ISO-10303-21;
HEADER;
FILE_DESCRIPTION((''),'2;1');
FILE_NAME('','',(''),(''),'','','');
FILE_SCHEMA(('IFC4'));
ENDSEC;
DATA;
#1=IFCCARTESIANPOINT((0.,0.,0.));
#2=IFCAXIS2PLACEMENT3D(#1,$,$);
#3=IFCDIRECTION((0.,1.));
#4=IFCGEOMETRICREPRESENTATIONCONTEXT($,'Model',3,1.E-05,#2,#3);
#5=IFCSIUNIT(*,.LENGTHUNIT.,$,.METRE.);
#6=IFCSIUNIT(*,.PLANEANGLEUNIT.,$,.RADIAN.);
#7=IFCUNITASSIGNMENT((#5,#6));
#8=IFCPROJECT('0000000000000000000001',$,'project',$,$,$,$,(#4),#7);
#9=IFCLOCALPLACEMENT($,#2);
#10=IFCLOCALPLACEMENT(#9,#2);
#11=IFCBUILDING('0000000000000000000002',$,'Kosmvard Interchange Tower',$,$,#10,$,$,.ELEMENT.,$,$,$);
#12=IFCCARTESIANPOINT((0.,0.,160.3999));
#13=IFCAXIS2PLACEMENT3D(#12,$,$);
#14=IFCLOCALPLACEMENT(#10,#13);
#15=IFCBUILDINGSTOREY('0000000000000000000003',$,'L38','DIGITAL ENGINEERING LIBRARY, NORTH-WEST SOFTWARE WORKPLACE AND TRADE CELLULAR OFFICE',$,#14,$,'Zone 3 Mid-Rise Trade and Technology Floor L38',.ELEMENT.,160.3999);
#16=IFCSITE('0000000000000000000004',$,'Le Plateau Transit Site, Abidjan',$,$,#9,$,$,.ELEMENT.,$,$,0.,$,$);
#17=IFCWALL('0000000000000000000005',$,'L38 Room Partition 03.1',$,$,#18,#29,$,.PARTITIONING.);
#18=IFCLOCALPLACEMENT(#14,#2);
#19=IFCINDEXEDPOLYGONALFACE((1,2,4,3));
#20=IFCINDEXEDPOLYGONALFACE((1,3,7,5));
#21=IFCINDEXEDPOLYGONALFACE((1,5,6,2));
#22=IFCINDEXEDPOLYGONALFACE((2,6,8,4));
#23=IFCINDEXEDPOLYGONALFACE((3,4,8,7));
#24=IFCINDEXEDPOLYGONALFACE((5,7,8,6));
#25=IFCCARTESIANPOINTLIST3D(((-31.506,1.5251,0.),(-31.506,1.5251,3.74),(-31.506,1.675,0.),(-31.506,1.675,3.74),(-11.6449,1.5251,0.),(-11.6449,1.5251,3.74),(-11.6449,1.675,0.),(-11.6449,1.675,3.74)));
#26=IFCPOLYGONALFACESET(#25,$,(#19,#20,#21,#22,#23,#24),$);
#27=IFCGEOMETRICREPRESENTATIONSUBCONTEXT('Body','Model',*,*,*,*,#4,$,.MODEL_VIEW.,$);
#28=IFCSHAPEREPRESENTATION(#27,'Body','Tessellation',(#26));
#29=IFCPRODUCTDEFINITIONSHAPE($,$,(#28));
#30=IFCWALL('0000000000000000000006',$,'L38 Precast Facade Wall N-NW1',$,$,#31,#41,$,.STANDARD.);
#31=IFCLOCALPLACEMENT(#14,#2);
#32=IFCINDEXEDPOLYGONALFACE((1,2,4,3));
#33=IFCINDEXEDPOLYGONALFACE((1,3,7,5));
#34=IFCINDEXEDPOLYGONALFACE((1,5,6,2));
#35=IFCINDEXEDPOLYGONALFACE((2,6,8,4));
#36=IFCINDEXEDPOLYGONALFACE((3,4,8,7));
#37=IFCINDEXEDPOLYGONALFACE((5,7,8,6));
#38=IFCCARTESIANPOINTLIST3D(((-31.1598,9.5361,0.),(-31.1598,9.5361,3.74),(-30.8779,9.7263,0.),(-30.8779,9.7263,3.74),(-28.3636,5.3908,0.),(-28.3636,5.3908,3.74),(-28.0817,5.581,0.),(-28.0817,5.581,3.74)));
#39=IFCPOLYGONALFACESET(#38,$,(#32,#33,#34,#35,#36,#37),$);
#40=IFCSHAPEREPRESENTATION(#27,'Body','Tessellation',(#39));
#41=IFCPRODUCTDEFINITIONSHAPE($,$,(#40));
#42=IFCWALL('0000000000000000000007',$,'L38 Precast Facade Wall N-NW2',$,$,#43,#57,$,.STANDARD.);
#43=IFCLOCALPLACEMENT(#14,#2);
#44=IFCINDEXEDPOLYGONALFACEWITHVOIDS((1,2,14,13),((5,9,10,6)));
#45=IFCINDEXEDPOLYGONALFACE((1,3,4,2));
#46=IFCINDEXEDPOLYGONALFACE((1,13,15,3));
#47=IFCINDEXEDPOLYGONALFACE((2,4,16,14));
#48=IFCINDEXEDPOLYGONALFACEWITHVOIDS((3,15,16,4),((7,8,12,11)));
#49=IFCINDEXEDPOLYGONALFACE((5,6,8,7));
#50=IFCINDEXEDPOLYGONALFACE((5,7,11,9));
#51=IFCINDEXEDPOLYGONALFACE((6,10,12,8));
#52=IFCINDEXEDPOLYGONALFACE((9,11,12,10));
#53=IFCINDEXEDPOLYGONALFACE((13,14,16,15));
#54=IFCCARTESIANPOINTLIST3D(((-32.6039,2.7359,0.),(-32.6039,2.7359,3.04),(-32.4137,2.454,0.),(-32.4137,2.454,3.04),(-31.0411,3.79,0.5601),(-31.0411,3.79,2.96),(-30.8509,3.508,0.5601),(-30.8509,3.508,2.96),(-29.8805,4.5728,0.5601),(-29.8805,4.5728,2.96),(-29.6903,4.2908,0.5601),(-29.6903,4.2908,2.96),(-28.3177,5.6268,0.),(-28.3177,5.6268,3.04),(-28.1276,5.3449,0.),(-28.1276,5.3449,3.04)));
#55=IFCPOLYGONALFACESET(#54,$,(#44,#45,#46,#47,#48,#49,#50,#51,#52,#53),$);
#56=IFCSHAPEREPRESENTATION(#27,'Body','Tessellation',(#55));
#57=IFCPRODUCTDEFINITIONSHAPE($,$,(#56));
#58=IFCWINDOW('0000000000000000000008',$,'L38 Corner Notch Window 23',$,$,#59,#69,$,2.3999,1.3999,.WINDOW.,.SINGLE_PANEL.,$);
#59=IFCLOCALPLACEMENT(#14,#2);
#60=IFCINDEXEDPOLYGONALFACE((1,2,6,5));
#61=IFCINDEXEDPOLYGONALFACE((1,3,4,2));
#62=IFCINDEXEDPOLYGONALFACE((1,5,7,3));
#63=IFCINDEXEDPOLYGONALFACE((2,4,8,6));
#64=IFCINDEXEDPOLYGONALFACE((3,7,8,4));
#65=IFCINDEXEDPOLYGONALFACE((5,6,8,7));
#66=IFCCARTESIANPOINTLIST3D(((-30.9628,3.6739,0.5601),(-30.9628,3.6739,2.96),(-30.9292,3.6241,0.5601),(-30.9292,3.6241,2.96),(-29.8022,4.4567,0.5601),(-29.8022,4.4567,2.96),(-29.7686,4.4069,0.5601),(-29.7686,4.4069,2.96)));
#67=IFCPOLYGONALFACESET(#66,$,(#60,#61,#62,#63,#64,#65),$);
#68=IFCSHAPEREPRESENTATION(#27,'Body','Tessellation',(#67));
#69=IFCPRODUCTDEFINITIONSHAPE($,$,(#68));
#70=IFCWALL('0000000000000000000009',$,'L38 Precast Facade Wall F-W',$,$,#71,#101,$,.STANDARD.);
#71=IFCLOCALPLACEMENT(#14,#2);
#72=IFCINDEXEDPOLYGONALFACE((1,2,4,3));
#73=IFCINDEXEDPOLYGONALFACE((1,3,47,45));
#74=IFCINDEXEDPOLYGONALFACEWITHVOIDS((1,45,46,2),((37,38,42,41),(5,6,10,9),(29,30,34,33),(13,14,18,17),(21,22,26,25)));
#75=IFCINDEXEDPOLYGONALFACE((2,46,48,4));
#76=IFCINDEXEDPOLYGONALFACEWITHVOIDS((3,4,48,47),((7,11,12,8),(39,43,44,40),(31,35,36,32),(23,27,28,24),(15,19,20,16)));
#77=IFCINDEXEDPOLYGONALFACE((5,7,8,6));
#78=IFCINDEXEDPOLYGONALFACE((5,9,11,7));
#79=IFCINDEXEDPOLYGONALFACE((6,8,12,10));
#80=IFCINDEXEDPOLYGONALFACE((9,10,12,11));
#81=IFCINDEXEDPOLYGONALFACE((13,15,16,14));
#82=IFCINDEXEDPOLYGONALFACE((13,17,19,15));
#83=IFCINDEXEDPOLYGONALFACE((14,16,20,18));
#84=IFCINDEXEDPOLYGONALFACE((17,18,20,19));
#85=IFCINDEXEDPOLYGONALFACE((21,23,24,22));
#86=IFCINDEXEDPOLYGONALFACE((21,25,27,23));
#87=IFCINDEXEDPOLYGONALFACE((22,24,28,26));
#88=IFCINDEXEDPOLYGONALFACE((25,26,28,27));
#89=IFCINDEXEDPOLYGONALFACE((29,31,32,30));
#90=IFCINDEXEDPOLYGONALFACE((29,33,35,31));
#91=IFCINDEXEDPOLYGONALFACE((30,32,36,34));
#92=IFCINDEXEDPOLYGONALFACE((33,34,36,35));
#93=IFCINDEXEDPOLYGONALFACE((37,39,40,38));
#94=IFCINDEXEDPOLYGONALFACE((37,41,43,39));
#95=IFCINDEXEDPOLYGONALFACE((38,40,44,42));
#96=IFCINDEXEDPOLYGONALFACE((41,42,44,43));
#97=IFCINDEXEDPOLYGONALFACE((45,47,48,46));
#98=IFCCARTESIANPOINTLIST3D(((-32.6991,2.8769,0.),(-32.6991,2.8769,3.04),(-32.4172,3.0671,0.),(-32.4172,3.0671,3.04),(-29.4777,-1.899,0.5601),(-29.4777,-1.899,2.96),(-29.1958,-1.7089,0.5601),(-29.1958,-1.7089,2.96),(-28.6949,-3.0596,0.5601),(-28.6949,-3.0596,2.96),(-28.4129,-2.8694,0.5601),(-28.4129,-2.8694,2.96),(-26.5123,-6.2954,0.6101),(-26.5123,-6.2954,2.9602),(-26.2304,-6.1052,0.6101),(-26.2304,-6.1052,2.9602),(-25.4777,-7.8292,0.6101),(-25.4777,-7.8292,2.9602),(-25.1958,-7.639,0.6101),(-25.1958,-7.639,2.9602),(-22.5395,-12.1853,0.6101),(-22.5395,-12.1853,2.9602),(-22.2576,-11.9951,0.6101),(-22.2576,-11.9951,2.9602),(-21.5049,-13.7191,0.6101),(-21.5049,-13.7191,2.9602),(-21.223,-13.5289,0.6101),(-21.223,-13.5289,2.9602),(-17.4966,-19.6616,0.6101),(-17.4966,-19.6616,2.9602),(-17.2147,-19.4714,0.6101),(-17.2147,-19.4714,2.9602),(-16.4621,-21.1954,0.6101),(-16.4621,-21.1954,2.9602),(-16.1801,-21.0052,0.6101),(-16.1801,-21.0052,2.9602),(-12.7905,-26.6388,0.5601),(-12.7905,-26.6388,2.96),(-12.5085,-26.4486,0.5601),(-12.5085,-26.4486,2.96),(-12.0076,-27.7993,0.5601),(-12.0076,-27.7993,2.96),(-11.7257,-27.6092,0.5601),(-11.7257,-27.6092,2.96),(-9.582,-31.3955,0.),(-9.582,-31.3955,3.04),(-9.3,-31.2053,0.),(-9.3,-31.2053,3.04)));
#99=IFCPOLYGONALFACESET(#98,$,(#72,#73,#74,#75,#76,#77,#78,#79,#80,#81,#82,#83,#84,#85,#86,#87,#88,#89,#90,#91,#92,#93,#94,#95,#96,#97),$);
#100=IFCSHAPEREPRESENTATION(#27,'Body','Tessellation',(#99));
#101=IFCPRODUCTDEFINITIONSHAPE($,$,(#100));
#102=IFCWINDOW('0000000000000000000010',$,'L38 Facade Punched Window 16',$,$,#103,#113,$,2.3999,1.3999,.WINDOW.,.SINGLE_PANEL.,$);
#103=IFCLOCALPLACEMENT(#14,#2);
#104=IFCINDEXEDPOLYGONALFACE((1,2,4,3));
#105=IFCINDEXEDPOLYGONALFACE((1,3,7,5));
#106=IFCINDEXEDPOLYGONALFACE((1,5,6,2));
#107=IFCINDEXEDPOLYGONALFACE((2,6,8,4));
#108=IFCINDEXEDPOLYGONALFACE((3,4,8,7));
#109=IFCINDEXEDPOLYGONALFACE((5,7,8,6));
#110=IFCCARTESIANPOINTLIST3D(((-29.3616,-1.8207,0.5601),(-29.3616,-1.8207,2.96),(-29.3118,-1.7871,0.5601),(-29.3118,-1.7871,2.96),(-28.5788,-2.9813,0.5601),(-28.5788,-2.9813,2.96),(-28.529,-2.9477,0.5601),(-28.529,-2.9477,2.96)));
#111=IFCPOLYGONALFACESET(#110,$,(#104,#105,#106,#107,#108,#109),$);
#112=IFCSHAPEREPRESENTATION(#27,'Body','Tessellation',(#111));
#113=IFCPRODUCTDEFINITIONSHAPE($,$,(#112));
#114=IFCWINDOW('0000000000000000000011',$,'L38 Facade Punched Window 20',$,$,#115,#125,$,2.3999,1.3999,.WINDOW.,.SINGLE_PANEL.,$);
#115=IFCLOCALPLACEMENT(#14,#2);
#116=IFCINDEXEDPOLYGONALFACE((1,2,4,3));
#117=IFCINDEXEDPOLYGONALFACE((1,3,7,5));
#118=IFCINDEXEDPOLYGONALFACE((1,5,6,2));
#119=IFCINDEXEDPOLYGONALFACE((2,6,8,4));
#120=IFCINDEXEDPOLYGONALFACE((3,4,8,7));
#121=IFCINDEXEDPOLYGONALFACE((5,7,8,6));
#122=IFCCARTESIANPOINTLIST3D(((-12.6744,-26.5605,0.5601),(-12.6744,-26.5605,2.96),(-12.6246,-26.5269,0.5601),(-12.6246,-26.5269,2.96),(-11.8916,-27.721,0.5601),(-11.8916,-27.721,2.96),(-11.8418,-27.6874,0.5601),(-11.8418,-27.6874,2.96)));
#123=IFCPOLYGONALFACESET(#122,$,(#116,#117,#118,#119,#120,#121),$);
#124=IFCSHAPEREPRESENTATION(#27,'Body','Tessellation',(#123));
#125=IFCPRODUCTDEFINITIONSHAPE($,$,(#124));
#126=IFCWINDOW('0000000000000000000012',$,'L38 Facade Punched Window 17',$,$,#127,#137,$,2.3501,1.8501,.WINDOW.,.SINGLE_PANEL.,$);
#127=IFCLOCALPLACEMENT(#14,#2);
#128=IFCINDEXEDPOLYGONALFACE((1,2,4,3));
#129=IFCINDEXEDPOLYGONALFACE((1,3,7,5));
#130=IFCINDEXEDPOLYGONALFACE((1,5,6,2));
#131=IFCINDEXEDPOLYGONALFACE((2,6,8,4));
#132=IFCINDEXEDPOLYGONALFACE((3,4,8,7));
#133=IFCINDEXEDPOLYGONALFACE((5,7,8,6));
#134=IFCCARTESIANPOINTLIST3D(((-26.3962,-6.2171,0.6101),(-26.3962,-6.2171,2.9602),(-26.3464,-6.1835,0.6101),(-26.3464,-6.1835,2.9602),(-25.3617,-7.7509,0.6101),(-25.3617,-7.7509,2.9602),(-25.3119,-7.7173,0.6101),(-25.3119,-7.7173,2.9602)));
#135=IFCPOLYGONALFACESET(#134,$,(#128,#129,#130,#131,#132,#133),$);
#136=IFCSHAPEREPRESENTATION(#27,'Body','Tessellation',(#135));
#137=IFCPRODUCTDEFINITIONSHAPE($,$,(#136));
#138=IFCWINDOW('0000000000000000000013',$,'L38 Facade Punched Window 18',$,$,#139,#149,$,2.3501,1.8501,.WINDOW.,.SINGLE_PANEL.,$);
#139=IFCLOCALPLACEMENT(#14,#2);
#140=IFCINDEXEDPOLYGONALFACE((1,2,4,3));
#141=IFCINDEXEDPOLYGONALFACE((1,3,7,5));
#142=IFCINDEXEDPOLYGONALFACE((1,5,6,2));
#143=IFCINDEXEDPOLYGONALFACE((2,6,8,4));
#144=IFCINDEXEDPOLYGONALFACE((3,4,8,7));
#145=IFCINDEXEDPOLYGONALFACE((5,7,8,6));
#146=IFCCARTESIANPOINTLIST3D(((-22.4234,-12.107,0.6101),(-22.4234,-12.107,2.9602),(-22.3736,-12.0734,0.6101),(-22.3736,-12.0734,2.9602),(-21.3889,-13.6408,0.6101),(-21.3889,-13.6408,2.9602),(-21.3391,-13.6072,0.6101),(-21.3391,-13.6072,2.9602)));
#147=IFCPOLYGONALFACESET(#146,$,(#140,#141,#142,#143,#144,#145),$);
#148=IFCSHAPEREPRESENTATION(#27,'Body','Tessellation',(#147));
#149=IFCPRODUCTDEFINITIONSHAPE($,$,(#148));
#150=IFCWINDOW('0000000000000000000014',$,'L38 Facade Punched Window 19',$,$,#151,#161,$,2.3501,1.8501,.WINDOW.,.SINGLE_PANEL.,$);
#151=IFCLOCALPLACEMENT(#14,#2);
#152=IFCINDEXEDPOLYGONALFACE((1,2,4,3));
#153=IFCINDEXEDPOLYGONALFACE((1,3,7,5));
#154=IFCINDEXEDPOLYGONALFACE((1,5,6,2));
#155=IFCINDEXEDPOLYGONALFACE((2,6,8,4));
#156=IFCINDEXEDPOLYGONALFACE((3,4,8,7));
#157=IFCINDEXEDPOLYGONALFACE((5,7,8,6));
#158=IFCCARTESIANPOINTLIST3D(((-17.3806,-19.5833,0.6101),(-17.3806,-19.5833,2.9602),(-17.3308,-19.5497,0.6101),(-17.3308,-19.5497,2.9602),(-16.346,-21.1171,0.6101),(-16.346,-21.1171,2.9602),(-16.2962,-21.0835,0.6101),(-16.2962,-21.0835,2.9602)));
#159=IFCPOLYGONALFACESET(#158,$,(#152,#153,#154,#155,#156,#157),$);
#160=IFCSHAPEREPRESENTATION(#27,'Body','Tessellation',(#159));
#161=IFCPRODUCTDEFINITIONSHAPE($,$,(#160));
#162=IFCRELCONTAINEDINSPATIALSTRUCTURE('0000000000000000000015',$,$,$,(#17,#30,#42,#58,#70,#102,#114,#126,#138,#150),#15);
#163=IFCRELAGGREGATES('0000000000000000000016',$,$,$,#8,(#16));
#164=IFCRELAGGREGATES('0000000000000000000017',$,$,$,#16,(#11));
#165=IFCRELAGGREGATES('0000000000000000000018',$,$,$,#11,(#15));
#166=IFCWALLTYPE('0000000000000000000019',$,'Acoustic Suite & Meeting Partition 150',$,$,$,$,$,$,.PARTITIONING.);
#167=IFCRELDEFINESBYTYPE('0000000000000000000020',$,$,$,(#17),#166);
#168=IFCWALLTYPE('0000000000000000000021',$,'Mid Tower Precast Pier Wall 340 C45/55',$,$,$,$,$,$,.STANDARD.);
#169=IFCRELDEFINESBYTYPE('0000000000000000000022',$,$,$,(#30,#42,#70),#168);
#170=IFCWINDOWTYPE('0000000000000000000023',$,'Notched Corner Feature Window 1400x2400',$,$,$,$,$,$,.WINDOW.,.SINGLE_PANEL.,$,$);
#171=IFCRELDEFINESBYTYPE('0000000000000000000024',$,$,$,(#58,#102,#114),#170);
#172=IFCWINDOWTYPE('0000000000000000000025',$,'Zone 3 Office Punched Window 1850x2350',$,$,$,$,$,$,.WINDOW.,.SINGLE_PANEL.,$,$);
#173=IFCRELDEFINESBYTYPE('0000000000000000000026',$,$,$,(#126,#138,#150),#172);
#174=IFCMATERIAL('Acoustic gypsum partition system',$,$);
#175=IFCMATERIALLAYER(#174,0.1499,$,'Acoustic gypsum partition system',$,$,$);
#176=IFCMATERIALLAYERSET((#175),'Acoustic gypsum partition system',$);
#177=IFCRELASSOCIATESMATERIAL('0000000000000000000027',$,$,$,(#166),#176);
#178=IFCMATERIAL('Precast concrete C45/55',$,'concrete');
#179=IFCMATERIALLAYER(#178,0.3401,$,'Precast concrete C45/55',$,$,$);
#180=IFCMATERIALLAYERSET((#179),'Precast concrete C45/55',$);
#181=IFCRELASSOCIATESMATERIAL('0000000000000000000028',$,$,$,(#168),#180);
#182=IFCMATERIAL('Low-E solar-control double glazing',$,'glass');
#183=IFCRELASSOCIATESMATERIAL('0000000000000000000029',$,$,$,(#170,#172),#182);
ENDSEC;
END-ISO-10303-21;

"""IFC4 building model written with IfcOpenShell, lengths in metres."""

from ifc_helpers import new_model, si_unit, direction, frame, frame_2d, origin, place, context, subcontext, project, spatial, rectangle, extrude, source, transform, mapped, material, layer, layer_set, type_object, element, fill, save


model = new_model("IFC4")

# Units and contexts
model_context = context("Model", 3, precision=1e-05, world=origin(), true_north=direction((0.0, 1.0)))
body_context = subcontext(model_context, "Body", "Model", "MODEL_VIEW")
ifc_project = project(units=[si_unit("LENGTHUNIT", "METRE"), si_unit("PLANEANGLEUNIT", "RADIAN")], contexts=[model_context])

# Site, building, storey
site_placement = place(None, origin())
site = spatial("IfcSite", under=ifc_project, at=site_placement, Name="Le Plateau Transit Site, Abidjan", CompositionType="ELEMENT", RefElevation=0.0)
building_placement = place(site_placement, origin())
building = spatial("IfcBuilding", under=site, at=building_placement, Name="Kosmvard Interchange Tower", CompositionType="ELEMENT")
storey_placement = place(building_placement, frame((0.0, 0.0, 160.3999)))
storey = spatial("IfcBuildingStorey", under=building, at=storey_placement, Name="L38", Description="DIGITAL ENGINEERING LIBRARY, NORTH-WEST SOFTWARE WORKPLACE AND TRADE CELLULAR OFFICE", LongName="Zone 3 Mid-Rise Trade and Technology Floor L38", CompositionType="ELEMENT", Elevation=160.3999)

# Shared definitions
ifc_material_1 = material(Name="Precast concrete C45/55", Category="concrete")

# Walls
ifc_material_2 = material(Name="Acoustic gypsum partition system")
ifc_layer_1 = layer(ifc_material_2, 0.1499, Name="Acoustic gypsum partition system")
ifc_layer_set_1 = layer_set([ifc_layer_1], Name="Acoustic gypsum partition system")
wall_type_1 = type_object("IfcWallType", Name="Acoustic Suite & Meeting Partition 150", PredefinedType="PARTITIONING", material=ifc_layer_set_1)
wall_1_placement = place(storey_placement, frame((-31.5061, 1.6001, 0.0), z_axis=(0.0, 0.0, 1.0), x_axis=(1.0, 0.0, 0.0)))
element("IfcWall", 1, at=wall_1_placement, inside=storey, type_object=wall_type_1, Name="L38 Room Partition 03.1", PredefinedType="PARTITIONING", context=body_context, shape_type="SweptSolid", body=[
    extrude(rectangle(XDim=19.8611, YDim=0.1499, at=frame_2d((9.9307, 0.0))), origin(), (0.0, 0.0, 1.0), 3.74),
])
ifc_layer_2 = layer(ifc_material_1, 0.3401, Name="Precast concrete C45/55")
ifc_layer_set_2 = layer_set([ifc_layer_2], Name="Precast concrete C45/55")
wall_type_2 = type_object("IfcWallType", Name="Mid Tower Precast Pier Wall 340 C45/55", PredefinedType="STANDARD", material=ifc_layer_set_2)
wall_2_placement = place(storey_placement, frame((-31.0188, 9.6311, 0.0), z_axis=(0.0, 0.0, 1.0), x_axis=(0.55921, -0.829026, 0.0)))
element("IfcWall", 2, at=wall_2_placement, inside=storey, type_object=wall_type_2, Name="L38 Precast Facade Wall N-NW1", PredefinedType="STANDARD", context=body_context, shape_type="SweptSolid", body=[
    extrude(rectangle(XDim=5.0002, YDim=0.3401, at=frame_2d((2.5, 0.0))), origin(), (0.0, 0.0, 1.0), 3.74),
])

# Wall, opening, window
wall_3_placement = place(storey_placement, frame((-28.2227, 5.4858, 0.0), z_axis=(0.0, 0.0, 1.0), x_axis=(-0.829052, -0.559171, 0.0)))
wall_3 = element("IfcWall", 3, at=wall_3_placement, inside=storey, type_object=wall_type_2, Name="L38 Precast Facade Wall N-NW2", PredefinedType="STANDARD", context=body_context, shape_type="SweptSolid", body=[
    extrude(rectangle(XDim=5.1699, YDim=0.3401, at=frame_2d((2.585, 0.0))), origin(), (0.0, 0.0, 1.0), 3.04),
])
opening_1_placement = place(wall_3_placement, frame((1.885, 0.0, 0.5601)))
opening_1 = element("IfcOpeningElement", 4, at=opening_1_placement, cuts=wall_3, PredefinedType="OPENING", context=body_context, shape_type="SweptSolid", body=[
    extrude(rectangle(XDim=1.3999, YDim=2.3999, at=frame_2d((0.7, 1.2))), frame((0.0, 0.1802, 0.0), z_axis=(0.0, -1.0, 0.0), x_axis=(1.0, 0.0, 0.0)), (0.0, 0.0, 1.0), 0.3601),
])
ifc_material_3 = material(Name="Low-E solar-control double glazing", Category="glass")
window_type_1 = type_object("IfcWindowType", Name="Notched Corner Feature Window 1400x2400", PartitioningType="SINGLE_PANEL", PredefinedType="WINDOW", material=ifc_material_3)
shared_shape_1 = source(origin(), body_context, "Body", "SweptSolid", [
    extrude(rectangle(XDim=1.3999, YDim=2.3999, at=frame_2d((0.7, 1.2))), frame((0.0, 0.03, 0.0), z_axis=(0.0, -1.0, 0.0), x_axis=(1.0, 0.0, 0.0)), (0.0, 0.0, 1.0), 0.0601),
])
window_1_placement = place(opening_1_placement, origin())
window_1 = element("IfcWindow", 5, at=window_1_placement, inside=storey, type_object=window_type_1, Name="L38 Corner Notch Window 23", OverallHeight=2.3999, OverallWidth=1.3999, PartitioningType="SINGLE_PANEL", PredefinedType="WINDOW", context=body_context, shape_type="MappedRepresentation", body=[
    mapped(shared_shape_1, transform((0.0, 0.0, 0.0), scale=1.0)),
])
fill(opening_1, window_1)

# Wall, openings, windows
wall_4_placement = place(storey_placement, frame((-32.5581, 2.9719, 0.0), z_axis=(0.0, 0.0, 1.0), x_axis=(0.559195, -0.829036, 0.0)))
wall_4 = element("IfcWall", 6, at=wall_4_placement, inside=storey, type_object=wall_type_2, Name="L38 Precast Facade Wall F-W", PredefinedType="STANDARD", context=body_context, shape_type="SweptSolid", body=[
    extrude(rectangle(XDim=41.3401, YDim=0.3401, at=frame_2d((20.6699, 0.0))), origin(), (0.0, 0.0, 1.0), 3.04),
])
opening_2_placement = place(wall_4_placement, frame((5.7607, 0.0, 0.5601)))
opening_2 = element("IfcOpeningElement", 7, at=opening_2_placement, cuts=wall_4, PredefinedType="OPENING", context=body_context, shape_type="SweptSolid", body=[
    extrude(rectangle(XDim=1.3999, YDim=2.3999, at=frame_2d((0.7, 1.2))), frame((0.0, 0.1802, 0.0), z_axis=(0.0, -1.0, 0.0), x_axis=(1.0, 0.0, 0.0)), (0.0, 0.0, 1.0), 0.3601),
])
opening_3_placement = place(wall_4_placement, frame((11.0637, 0.0, 0.6101)))
opening_3 = element("IfcOpeningElement", 8, at=opening_3_placement, cuts=wall_4, PredefinedType="OPENING", context=body_context, shape_type="SweptSolid", body=[
    extrude(rectangle(XDim=1.8501, YDim=2.3501, at=frame_2d((0.925, 1.175))), frame((0.0, 0.1802, 0.0), z_axis=(0.0, -1.0, 0.0), x_axis=(1.0, 0.0, 0.0)), (0.0, 0.0, 1.0), 0.3601),
])
opening_4_placement = place(wall_4_placement, frame((18.1682, 0.0, 0.6101)))
opening_4 = element("IfcOpeningElement", 9, at=opening_4_placement, cuts=wall_4, PredefinedType="OPENING", context=body_context, shape_type="SweptSolid", body=[
    extrude(rectangle(XDim=1.8501, YDim=2.3501, at=frame_2d((0.925, 1.175))), frame((0.0, 0.1802, 0.0), z_axis=(0.0, -1.0, 0.0), x_axis=(1.0, 0.0, 0.0)), (0.0, 0.0, 1.0), 0.3601),
])
opening_5_placement = place(wall_4_placement, frame((27.1863, 0.0, 0.6101)))
opening_5 = element("IfcOpeningElement", 10, at=opening_5_placement, cuts=wall_4, PredefinedType="OPENING", context=body_context, shape_type="SweptSolid", body=[
    extrude(rectangle(XDim=1.8501, YDim=2.3501, at=frame_2d((0.925, 1.175))), frame((0.0, 0.1802, 0.0), z_axis=(0.0, -1.0, 0.0), x_axis=(1.0, 0.0, 0.0)), (0.0, 0.0, 1.0), 0.3601),
])
opening_6_placement = place(wall_4_placement, frame((35.6023, 0.0, 0.5601)))
opening_6 = element("IfcOpeningElement", 11, at=opening_6_placement, cuts=wall_4, PredefinedType="OPENING", context=body_context, shape_type="SweptSolid", body=[
    extrude(rectangle(XDim=1.3999, YDim=2.3999, at=frame_2d((0.7, 1.2))), frame((0.0, 0.1802, 0.0), z_axis=(0.0, -1.0, 0.0), x_axis=(1.0, 0.0, 0.0)), (0.0, 0.0, 1.0), 0.3601),
])
window_2_placement = place(opening_2_placement, origin())
window_2 = element("IfcWindow", 12, at=window_2_placement, inside=storey, type_object=window_type_1, Name="L38 Facade Punched Window 16", OverallHeight=2.3999, OverallWidth=1.3999, PartitioningType="SINGLE_PANEL", PredefinedType="WINDOW", context=body_context, shape_type="MappedRepresentation", body=[
    mapped(shared_shape_1, transform((0.0, 0.0, 0.0), scale=1.0)),
])
fill(opening_2, window_2)
window_3_placement = place(opening_6_placement, origin())
window_3 = element("IfcWindow", 13, at=window_3_placement, inside=storey, type_object=window_type_1, Name="L38 Facade Punched Window 20", OverallHeight=2.3999, OverallWidth=1.3999, PartitioningType="SINGLE_PANEL", PredefinedType="WINDOW", context=body_context, shape_type="MappedRepresentation", body=[
    mapped(shared_shape_1, transform((0.0, 0.0, 0.0), scale=1.0)),
])
fill(opening_6, window_3)
window_type_2 = type_object("IfcWindowType", Name="Zone 3 Office Punched Window 1850x2350", PartitioningType="SINGLE_PANEL", PredefinedType="WINDOW", material=ifc_material_3)
shared_shape_2 = source(origin(), body_context, "Body", "SweptSolid", [
    extrude(rectangle(XDim=1.8501, YDim=2.3501, at=frame_2d((0.925, 1.175))), frame((0.0, 0.03, 0.0), z_axis=(0.0, -1.0, 0.0), x_axis=(1.0, 0.0, 0.0)), (0.0, 0.0, 1.0), 0.0601),
])
window_4_placement = place(opening_3_placement, origin())
window_4 = element("IfcWindow", 14, at=window_4_placement, inside=storey, type_object=window_type_2, Name="L38 Facade Punched Window 17", OverallHeight=2.3501, OverallWidth=1.8501, PartitioningType="SINGLE_PANEL", PredefinedType="WINDOW", context=body_context, shape_type="MappedRepresentation", body=[
    mapped(shared_shape_2, transform((0.0, 0.0, 0.0), scale=1.0)),
])
fill(opening_3, window_4)
window_5_placement = place(opening_4_placement, origin())
window_5 = element("IfcWindow", 15, at=window_5_placement, inside=storey, type_object=window_type_2, Name="L38 Facade Punched Window 18", OverallHeight=2.3501, OverallWidth=1.8501, PartitioningType="SINGLE_PANEL", PredefinedType="WINDOW", context=body_context, shape_type="MappedRepresentation", body=[
    mapped(shared_shape_2, transform((0.0, 0.0, 0.0), scale=1.0)),
])
fill(opening_4, window_5)
window_6_placement = place(opening_5_placement, origin())
window_6 = element("IfcWindow", 16, at=window_6_placement, inside=storey, type_object=window_type_2, Name="L38 Facade Punched Window 19", OverallHeight=2.3501, OverallWidth=1.8501, PartitioningType="SINGLE_PANEL", PredefinedType="WINDOW", context=body_context, shape_type="MappedRepresentation", body=[
    mapped(shared_shape_2, transform((0.0, 0.0, 0.0), scale=1.0)),
])
fill(opening_5, window_6)

save(model, "model.ifc")
